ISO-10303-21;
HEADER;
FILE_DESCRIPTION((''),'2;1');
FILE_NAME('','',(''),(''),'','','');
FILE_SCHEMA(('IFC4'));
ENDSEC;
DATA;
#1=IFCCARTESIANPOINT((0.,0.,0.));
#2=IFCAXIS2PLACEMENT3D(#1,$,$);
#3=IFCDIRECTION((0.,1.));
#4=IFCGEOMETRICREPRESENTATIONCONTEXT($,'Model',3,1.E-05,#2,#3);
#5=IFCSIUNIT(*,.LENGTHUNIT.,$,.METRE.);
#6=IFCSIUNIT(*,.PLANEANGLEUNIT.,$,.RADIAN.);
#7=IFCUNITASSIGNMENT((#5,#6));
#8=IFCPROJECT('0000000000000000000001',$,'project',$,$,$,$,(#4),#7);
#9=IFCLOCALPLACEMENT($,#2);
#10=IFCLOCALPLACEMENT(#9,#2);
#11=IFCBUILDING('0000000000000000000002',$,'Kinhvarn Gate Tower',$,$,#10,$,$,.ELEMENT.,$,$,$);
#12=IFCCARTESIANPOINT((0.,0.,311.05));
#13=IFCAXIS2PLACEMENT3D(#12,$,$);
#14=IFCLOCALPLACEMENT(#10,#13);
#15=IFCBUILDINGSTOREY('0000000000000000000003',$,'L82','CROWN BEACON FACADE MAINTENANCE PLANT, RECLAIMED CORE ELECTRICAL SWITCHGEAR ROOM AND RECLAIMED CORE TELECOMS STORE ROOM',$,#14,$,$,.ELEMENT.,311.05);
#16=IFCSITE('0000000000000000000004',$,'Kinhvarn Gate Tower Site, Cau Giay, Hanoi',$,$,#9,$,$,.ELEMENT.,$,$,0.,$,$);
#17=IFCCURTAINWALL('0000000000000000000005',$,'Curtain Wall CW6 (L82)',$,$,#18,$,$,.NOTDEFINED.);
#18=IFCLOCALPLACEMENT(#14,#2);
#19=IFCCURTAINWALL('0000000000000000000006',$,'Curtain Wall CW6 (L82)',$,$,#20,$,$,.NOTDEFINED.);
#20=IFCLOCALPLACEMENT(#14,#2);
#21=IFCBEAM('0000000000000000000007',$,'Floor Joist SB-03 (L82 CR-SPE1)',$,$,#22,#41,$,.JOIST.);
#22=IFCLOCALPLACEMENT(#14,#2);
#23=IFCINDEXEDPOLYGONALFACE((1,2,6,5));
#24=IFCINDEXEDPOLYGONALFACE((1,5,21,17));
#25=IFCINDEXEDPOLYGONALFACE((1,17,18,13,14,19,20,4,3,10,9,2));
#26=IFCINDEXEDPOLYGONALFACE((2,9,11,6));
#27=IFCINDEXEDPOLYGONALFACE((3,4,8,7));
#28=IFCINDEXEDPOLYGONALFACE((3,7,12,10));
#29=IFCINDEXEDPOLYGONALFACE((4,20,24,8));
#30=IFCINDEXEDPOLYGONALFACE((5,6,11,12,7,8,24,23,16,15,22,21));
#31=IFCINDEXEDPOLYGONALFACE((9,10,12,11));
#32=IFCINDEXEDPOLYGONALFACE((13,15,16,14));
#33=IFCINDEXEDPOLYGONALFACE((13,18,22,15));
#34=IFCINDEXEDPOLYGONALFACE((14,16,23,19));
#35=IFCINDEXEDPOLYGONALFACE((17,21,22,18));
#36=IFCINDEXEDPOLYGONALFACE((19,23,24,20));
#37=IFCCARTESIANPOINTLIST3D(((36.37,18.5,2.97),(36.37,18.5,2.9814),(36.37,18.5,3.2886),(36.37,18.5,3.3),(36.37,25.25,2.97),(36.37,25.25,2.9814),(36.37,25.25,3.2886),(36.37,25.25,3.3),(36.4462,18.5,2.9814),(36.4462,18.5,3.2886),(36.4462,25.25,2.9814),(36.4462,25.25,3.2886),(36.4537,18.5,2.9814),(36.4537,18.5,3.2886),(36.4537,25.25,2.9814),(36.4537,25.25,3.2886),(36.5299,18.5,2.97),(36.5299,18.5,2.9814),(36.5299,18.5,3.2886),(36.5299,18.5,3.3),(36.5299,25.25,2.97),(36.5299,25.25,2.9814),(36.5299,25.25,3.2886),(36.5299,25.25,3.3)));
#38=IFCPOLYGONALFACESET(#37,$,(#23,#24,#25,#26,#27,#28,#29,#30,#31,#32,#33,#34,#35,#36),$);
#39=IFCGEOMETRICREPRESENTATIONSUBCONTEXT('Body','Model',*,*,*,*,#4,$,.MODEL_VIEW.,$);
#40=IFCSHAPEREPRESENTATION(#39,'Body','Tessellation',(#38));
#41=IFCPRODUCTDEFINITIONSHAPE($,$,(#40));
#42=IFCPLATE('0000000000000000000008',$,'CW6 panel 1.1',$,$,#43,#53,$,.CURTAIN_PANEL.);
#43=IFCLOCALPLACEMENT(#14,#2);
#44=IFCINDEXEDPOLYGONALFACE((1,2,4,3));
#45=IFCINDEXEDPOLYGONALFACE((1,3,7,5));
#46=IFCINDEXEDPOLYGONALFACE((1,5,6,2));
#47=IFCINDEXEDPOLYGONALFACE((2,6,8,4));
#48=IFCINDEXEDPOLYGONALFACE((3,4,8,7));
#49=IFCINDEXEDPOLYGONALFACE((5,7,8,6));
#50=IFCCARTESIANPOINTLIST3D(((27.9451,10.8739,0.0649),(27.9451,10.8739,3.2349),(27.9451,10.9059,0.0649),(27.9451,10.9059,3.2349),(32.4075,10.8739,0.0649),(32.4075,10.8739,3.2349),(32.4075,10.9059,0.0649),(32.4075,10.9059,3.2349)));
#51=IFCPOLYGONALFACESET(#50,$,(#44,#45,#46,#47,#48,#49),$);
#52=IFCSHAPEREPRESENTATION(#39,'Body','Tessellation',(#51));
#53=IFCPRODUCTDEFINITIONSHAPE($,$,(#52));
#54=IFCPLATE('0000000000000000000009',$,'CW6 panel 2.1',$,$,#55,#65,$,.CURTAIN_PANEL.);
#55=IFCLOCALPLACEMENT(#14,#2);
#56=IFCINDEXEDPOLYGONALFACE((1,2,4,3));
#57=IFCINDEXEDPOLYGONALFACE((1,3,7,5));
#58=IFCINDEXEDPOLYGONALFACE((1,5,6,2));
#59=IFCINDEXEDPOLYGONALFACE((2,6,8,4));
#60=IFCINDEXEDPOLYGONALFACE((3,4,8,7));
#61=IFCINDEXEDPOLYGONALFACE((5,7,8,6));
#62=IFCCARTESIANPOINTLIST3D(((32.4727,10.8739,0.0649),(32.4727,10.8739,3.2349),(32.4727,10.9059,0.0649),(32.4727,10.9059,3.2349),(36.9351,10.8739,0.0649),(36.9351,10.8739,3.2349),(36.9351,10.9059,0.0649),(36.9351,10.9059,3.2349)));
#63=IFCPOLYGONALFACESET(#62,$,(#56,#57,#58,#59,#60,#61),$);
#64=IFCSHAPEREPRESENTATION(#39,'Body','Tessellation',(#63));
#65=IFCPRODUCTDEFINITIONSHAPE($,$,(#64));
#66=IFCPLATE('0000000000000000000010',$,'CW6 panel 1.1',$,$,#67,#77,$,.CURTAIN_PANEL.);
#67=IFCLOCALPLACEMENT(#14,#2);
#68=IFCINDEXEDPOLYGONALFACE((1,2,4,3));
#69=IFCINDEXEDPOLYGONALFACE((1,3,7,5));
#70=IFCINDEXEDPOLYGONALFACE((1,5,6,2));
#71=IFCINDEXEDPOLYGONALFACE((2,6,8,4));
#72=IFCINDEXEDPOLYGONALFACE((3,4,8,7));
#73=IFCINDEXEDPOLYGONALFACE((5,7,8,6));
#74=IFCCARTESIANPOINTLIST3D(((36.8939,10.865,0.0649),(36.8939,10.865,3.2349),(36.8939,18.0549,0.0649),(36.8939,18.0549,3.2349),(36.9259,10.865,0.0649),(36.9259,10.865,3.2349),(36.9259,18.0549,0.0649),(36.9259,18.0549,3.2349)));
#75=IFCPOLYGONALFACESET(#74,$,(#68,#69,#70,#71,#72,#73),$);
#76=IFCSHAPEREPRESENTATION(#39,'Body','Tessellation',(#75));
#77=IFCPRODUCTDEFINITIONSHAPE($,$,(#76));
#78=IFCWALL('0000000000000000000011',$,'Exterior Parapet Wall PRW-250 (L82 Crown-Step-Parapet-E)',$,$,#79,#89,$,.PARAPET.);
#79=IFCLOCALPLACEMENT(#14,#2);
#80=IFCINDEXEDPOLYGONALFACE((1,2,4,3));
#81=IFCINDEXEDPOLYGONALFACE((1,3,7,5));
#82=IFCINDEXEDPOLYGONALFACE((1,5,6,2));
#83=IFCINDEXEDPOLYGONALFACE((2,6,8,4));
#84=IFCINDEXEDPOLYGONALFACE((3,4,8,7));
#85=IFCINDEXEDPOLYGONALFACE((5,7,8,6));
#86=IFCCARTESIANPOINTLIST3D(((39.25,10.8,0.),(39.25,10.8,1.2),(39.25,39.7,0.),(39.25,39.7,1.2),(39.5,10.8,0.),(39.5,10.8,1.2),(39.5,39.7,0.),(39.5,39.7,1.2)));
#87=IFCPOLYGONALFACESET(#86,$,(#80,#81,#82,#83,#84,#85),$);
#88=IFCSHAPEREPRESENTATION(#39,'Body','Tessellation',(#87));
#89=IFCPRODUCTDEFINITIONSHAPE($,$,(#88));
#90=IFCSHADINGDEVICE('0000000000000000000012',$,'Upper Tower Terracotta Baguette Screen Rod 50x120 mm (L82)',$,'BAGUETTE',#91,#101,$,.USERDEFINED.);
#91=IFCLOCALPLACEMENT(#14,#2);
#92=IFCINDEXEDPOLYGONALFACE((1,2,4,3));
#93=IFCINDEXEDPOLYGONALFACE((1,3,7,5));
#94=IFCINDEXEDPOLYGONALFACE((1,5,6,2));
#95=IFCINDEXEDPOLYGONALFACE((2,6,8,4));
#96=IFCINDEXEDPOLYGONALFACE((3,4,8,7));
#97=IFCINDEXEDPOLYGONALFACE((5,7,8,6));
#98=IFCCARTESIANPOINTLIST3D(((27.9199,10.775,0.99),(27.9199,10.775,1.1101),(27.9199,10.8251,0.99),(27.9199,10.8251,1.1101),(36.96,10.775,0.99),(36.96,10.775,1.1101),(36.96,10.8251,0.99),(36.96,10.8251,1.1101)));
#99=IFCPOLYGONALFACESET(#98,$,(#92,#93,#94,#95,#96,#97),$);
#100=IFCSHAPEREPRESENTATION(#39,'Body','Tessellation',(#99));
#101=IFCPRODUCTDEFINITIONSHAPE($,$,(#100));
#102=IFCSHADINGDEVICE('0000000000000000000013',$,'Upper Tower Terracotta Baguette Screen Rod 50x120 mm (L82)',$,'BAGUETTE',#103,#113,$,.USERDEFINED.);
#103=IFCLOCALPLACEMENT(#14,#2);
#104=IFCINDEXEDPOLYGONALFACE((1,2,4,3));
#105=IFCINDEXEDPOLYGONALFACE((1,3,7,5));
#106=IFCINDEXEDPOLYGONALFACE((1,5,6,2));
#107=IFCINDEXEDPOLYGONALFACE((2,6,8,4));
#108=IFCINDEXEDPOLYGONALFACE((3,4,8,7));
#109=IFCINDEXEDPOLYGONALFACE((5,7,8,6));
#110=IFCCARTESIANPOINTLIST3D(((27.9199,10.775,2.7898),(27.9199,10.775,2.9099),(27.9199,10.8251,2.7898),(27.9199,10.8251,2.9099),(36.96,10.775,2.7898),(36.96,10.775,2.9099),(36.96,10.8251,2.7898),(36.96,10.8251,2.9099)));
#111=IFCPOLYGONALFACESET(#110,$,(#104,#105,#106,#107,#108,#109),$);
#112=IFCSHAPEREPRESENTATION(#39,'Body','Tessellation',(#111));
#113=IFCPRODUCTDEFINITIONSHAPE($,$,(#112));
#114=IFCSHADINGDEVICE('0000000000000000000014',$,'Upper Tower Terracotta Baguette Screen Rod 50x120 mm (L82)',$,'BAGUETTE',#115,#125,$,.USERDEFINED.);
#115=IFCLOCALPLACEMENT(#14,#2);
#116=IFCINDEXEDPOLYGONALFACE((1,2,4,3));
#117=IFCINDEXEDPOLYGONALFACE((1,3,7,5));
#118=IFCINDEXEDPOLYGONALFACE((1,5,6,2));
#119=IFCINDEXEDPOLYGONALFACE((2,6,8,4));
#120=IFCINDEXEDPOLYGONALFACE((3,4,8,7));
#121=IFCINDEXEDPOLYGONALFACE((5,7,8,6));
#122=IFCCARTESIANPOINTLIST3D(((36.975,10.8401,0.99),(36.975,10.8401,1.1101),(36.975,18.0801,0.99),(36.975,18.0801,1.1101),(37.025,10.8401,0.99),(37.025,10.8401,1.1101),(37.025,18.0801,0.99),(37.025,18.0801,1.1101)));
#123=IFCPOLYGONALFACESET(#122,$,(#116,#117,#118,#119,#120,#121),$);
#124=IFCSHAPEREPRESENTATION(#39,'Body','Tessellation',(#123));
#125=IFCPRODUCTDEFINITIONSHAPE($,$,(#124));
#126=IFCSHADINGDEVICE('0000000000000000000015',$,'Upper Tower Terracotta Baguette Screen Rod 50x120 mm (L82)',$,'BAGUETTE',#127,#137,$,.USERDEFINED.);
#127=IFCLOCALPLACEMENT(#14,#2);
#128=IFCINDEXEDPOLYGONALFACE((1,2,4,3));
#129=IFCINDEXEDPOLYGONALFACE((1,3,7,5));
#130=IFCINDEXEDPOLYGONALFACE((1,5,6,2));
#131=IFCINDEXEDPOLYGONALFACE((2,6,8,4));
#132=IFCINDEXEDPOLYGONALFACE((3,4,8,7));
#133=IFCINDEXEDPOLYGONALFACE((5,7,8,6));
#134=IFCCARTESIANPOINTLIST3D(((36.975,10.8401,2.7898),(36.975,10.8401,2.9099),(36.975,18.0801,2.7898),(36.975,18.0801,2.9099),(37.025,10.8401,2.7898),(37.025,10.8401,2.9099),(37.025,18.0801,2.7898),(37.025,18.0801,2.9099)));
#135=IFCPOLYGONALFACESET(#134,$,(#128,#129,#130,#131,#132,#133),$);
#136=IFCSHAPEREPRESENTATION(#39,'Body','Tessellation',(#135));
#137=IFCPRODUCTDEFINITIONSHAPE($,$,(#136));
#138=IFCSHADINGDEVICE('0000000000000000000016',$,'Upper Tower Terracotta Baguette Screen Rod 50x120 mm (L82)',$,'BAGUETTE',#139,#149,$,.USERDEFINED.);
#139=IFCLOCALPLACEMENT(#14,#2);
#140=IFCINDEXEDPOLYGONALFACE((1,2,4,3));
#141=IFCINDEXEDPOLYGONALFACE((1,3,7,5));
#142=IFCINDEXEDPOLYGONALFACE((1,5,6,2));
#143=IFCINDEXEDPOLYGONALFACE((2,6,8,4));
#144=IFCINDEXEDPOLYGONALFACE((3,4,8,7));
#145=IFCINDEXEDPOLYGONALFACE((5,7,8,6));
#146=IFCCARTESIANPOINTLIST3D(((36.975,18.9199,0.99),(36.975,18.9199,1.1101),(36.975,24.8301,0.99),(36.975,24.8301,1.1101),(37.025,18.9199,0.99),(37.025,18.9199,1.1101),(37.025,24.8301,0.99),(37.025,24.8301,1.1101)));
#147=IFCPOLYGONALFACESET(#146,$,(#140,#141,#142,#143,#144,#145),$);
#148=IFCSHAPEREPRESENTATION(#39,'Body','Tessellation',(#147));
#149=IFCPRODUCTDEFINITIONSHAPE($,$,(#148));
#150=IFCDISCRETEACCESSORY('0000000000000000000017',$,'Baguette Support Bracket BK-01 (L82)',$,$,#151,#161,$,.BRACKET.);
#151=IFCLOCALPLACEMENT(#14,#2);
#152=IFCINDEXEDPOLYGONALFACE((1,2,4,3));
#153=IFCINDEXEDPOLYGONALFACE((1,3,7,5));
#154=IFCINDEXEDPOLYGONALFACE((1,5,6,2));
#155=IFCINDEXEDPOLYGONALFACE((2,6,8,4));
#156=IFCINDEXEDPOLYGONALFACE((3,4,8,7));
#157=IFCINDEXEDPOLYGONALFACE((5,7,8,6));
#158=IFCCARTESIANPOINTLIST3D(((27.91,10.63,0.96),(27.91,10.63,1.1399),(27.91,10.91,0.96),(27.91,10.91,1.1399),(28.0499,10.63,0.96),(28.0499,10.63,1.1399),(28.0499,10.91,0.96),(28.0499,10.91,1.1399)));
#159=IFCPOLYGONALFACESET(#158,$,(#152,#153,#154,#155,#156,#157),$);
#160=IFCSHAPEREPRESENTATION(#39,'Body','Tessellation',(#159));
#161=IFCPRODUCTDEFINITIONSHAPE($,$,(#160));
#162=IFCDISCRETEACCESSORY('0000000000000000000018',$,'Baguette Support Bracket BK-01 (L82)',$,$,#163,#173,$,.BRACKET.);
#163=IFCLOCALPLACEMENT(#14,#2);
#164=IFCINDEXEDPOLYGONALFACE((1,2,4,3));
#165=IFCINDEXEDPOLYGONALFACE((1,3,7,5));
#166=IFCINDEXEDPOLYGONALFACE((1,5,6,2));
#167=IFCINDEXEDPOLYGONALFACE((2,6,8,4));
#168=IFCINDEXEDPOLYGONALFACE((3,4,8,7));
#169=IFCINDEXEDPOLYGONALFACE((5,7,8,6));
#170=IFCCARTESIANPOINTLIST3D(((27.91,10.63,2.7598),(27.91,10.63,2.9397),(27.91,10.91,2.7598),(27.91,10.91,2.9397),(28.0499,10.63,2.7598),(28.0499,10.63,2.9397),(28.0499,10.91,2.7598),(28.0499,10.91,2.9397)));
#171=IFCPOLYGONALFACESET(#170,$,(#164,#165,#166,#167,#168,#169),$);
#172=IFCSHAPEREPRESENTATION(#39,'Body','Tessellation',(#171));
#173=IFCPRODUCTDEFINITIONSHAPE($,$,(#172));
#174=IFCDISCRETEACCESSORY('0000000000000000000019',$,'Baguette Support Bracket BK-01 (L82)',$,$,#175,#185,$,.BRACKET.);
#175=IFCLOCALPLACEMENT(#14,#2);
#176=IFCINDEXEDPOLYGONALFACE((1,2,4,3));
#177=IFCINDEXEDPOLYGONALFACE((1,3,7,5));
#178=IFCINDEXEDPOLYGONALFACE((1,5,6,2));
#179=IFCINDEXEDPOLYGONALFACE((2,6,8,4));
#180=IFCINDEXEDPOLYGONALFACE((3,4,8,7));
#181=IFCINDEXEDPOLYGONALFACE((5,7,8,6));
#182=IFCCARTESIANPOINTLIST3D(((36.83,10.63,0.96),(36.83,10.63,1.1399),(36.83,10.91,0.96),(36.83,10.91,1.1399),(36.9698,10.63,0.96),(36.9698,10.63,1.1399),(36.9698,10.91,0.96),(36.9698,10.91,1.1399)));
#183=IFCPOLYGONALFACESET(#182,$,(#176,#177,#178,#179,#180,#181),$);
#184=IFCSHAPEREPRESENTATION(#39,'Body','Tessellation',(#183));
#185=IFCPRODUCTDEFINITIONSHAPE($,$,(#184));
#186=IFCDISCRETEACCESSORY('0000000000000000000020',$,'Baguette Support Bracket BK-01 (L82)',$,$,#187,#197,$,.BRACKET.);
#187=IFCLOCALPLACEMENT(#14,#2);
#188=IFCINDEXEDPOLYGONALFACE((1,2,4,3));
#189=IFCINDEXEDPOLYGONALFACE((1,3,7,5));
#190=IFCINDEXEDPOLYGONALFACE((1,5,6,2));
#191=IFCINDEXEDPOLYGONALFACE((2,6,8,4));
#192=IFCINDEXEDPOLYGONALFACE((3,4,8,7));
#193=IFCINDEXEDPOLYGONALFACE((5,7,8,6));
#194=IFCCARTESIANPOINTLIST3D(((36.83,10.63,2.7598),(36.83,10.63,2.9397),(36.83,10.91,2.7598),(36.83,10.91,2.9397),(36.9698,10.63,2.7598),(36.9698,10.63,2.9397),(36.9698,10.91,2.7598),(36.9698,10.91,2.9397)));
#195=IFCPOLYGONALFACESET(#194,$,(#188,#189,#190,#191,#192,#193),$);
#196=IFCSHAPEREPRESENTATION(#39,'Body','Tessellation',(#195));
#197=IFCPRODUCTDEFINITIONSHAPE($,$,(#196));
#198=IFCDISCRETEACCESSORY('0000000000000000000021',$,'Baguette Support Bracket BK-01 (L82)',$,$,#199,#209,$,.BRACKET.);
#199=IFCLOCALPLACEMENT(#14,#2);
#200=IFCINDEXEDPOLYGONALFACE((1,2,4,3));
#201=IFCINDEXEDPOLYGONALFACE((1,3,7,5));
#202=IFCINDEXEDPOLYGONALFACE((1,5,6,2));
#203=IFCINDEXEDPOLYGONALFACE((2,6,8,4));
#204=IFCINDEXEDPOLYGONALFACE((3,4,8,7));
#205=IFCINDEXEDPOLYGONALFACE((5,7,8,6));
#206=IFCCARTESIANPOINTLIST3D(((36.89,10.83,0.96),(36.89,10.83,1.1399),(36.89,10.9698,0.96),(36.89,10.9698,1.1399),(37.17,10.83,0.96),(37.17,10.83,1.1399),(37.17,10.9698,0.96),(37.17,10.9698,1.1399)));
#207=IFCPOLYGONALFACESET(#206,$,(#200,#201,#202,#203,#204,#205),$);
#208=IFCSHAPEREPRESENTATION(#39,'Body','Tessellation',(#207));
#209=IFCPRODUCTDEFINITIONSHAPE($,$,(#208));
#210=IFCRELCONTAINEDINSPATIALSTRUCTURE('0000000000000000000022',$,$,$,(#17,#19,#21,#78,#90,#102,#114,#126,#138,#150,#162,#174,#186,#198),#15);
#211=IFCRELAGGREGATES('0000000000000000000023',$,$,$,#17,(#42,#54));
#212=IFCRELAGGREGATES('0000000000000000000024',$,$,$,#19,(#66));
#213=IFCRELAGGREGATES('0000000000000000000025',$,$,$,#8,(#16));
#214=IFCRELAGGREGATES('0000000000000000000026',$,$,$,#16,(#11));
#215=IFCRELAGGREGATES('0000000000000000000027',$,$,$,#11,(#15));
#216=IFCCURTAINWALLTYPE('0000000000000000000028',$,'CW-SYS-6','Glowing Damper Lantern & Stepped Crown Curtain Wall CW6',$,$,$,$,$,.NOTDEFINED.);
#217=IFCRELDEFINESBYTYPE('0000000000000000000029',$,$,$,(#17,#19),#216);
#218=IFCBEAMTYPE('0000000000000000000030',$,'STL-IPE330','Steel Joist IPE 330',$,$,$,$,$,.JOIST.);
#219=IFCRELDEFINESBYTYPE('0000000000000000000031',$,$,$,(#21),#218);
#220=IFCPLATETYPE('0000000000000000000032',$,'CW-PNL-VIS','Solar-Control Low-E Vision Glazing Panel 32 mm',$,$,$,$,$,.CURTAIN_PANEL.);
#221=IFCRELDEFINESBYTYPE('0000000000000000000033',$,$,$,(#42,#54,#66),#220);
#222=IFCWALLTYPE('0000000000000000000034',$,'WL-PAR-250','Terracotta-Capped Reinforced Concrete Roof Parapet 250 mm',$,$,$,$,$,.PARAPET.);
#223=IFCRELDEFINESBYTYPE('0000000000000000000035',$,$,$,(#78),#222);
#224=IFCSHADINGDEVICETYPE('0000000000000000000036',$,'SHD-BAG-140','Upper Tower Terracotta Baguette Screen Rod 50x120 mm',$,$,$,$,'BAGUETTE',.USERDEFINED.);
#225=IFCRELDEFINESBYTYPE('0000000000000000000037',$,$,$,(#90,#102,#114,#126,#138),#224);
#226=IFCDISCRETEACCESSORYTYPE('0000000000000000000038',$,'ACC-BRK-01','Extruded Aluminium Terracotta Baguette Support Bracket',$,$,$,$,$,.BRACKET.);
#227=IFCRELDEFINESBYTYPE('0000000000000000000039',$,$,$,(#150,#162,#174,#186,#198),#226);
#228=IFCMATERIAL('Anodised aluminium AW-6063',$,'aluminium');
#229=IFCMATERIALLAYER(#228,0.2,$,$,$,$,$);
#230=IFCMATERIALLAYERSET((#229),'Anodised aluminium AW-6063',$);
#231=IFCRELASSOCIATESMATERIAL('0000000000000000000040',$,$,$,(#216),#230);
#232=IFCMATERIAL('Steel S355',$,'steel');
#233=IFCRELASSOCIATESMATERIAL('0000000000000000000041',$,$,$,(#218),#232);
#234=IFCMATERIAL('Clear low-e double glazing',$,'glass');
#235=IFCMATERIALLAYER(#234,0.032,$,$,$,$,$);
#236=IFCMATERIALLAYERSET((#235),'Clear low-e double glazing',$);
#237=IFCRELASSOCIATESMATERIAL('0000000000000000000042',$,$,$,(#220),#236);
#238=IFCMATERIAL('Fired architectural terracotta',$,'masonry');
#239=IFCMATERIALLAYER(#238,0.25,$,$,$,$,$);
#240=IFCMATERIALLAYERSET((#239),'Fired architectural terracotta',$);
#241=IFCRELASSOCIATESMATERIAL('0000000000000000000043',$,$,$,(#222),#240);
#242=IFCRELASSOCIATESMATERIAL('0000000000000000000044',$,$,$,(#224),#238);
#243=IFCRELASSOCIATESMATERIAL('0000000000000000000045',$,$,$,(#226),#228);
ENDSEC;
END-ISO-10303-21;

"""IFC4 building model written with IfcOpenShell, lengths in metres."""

from ifc_helpers import new_model, si_unit, direction, frame, frame_2d, origin, origin_2d, place, context, subcontext, project, spatial, rectangle, i_section, extrude, material, layer, layer_set, material_profile, profile_set, type_object, element, aggregate, save


model = new_model("IFC4")

# Units and contexts
model_context = context("Model", 3, precision=1e-05, world=origin(), true_north=direction((0.0, 1.0)))
body_context = subcontext(model_context, "Body", "Model", "MODEL_VIEW")
ifc_project = project(units=[si_unit("LENGTHUNIT", "METRE"), si_unit("PLANEANGLEUNIT", "RADIAN")], contexts=[model_context])

# Site, building, storey
site_placement = place(None, origin())
site = spatial("IfcSite", under=ifc_project, at=site_placement, Name="Kinhvarn Gate Tower Site, Cau Giay, Hanoi", CompositionType="ELEMENT", RefElevation=0.0)
building_placement = place(site_placement, origin())
building = spatial("IfcBuilding", under=site, at=building_placement, Name="Kinhvarn Gate Tower", CompositionType="ELEMENT")
storey_placement = place(building_placement, frame((0.0, 0.0, 311.05)))
storey = spatial("IfcBuildingStorey", under=building, at=storey_placement, Name="L82", Description="CROWN BEACON FACADE MAINTENANCE PLANT, RECLAIMED CORE ELECTRICAL SWITCHGEAR ROOM AND RECLAIMED CORE TELECOMS STORE ROOM", CompositionType="ELEMENT", Elevation=311.05)

# Curtain walls
ifc_material_1 = material(Name="Anodised aluminium AW-6063", Category="aluminium")
ifc_layer_1 = layer(ifc_material_1, 0.2)
ifc_layer_set_1 = layer_set([ifc_layer_1], Name="Anodised aluminium AW-6063")
curtain_wall_type = type_object("IfcCurtainWallType", Name="CW-SYS-6", Description="Glowing Damper Lantern & Stepped Crown Curtain Wall CW6", PredefinedType="NOTDEFINED", material=ifc_layer_set_1)
curtain_wall_1_placement = place(storey_placement, origin())
curtain_wall_1 = element("IfcCurtainWall", 1, at=curtain_wall_1_placement, inside=storey, type_object=curtain_wall_type, Name="Curtain Wall CW6 (L82)", PredefinedType="NOTDEFINED")
curtain_wall_2_placement = place(storey_placement, origin())
curtain_wall_2 = element("IfcCurtainWall", 2, at=curtain_wall_2_placement, inside=storey, type_object=curtain_wall_type, Name="Curtain Wall CW6 (L82)", PredefinedType="NOTDEFINED")

# Shared definitions
ifc_material_2 = material(Name="Steel S355", Category="steel")

# Beam
ifc_material_profile_1 = material_profile(ifc_material_2, i_section(OverallWidth=0.1599, OverallDepth=0.3301, WebThickness=0.0076, FlangeThickness=0.0115, at=origin_2d()), Name="IPE 330")
ifc_profile_set_1 = profile_set([ifc_material_profile_1], Name="Steel S355")
beam_type = type_object("IfcBeamType", Name="STL-IPE330", Description="Steel Joist IPE 330", PredefinedType="JOIST", material=ifc_profile_set_1)
beam_placement = place(storey_placement, frame((36.45, 18.5, 3.135), z_axis=(0.0, 1.0, 0.0), x_axis=(-1.0, 0.0, 0.0)))
element("IfcBeam", 3, at=beam_placement, inside=storey, type_object=beam_type, Name="Floor Joist SB-03 (L82 CR-SPE1)", PredefinedType="JOIST", context=body_context, shape_type="SweptSolid", body=[
    extrude(i_section(OverallWidth=0.1599, OverallDepth=0.3301, WebThickness=0.0076, FlangeThickness=0.0115, at=origin_2d()), origin(), (0.0, 0.0, 1.0), 6.75),
])

# Plates
ifc_material_3 = material(Name="Clear low-e double glazing", Category="glass")
ifc_layer_2 = layer(ifc_material_3, 0.032)
ifc_layer_set_2 = layer_set([ifc_layer_2], Name="Clear low-e double glazing")
plate_type = type_object("IfcPlateType", Name="CW-PNL-VIS", Description="Solar-Control Low-E Vision Glazing Panel 32 mm", PredefinedType="CURTAIN_PANEL", material=ifc_layer_set_2)
plate_1_placement = place(storey_placement, frame((30.1763, 10.8899, 0.0649), z_axis=(0.0, 0.0, 1.0), x_axis=(1.0, 0.0, 0.0)))
plate_1 = element("IfcPlate", 4, at=plate_1_placement, type_object=plate_type, Name="CW6 panel 1.1", PredefinedType="CURTAIN_PANEL", context=body_context, shape_type="SweptSolid", body=[
    extrude(rectangle(XDim=4.4624, YDim=0.032, at=origin_2d()), origin(), (0.0, 0.0, 1.0), 3.1699),
])
plate_2_placement = place(storey_placement, frame((34.7039, 10.8899, 0.0649), z_axis=(0.0, 0.0, 1.0), x_axis=(1.0, 0.0, 0.0)))
plate_2 = element("IfcPlate", 5, at=plate_2_placement, type_object=plate_type, Name="CW6 panel 2.1", PredefinedType="CURTAIN_PANEL", context=body_context, shape_type="SweptSolid", body=[
    extrude(rectangle(XDim=4.4624, YDim=0.032, at=origin_2d()), origin(), (0.0, 0.0, 1.0), 3.1699),
])
aggregate(curtain_wall_1, [plate_1, plate_2])
plate_3_placement = place(storey_placement, frame((36.9099, 14.46, 0.0649), z_axis=(0.0, 0.0, 1.0), x_axis=(0.0, 1.0, 0.0)))
plate_3 = element("IfcPlate", 6, at=plate_3_placement, type_object=plate_type, Name="CW6 panel 1.1", PredefinedType="CURTAIN_PANEL", context=body_context, shape_type="SweptSolid", body=[
    extrude(rectangle(XDim=7.1899, YDim=0.032, at=origin_2d()), origin(), (0.0, 0.0, 1.0), 3.1699),
])
aggregate(curtain_wall_2, [plate_3])

# Wall
ifc_material_4 = material(Name="Fired architectural terracotta", Category="masonry")
ifc_layer_3 = layer(ifc_material_4, 0.25)
ifc_layer_set_3 = layer_set([ifc_layer_3], Name="Fired architectural terracotta")
wall_type = type_object("IfcWallType", Name="WL-PAR-250", Description="Terracotta-Capped Reinforced Concrete Roof Parapet 250 mm", PredefinedType="PARAPET", material=ifc_layer_set_3)
wall_placement = place(storey_placement, frame((39.375, 10.8, 0.0), z_axis=(0.0, 0.0, 1.0), x_axis=(0.0, 1.0, 0.0)))
element("IfcWall", 7, at=wall_placement, inside=storey, type_object=wall_type, Name="Exterior Parapet Wall PRW-250 (L82 Crown-Step-Parapet-E)", PredefinedType="PARAPET", context=body_context, shape_type="SweptSolid", body=[
    extrude(rectangle(XDim=28.8999, YDim=0.25, at=frame_2d((14.45, 0.0))), origin(), (0.0, 0.0, 1.0), 1.2),
])

# Shading devices
ifc_material_profile_2 = material_profile(ifc_material_4, rectangle(XDim=0.05, YDim=0.1201, at=origin_2d()), Name="TC 50x120")
ifc_profile_set_2 = profile_set([ifc_material_profile_2], Name="Fired architectural terracotta")
shading_device_type = type_object("IfcShadingDeviceType", Name="SHD-BAG-140", Description="Upper Tower Terracotta Baguette Screen Rod 50x120 mm", ElementType="BAGUETTE", PredefinedType="USERDEFINED", material=ifc_profile_set_2)
for number, where, z_axis, x_axis, name in (
    (8, (27.9199, 10.8, 1.05), (1.0, 0.0, 0.0), (0.0, 1.0, 0.0), "Upper Tower Terracotta Baguette Screen Rod 50x120 mm (L82)"),
    (9, (27.9199, 10.8, 2.8499), (1.0, 0.0, 0.0), (0.0, 1.0, 0.0), "Upper Tower Terracotta Baguette Screen Rod 50x120 mm (L82)"),
):
    element("IfcShadingDevice", number, at=place(storey_placement, frame(where, z_axis=z_axis, x_axis=x_axis)), inside=storey, type_object=shading_device_type, Name=name, ObjectType="BAGUETTE", PredefinedType="USERDEFINED", context=body_context, shape_type="SweptSolid", body=[
        extrude(rectangle(XDim=0.05, YDim=0.1201, at=origin_2d()), origin(), (0.0, 0.0, 1.0), 9.04),
    ])
for number, where, z_axis, x_axis, name in (
    (10, (37.0, 10.8401, 1.05), (0.0, 1.0, 0.0), (-1.0, 0.0, 0.0), "Upper Tower Terracotta Baguette Screen Rod 50x120 mm (L82)"),
    (11, (37.0, 10.8401, 2.8499), (0.0, 1.0, 0.0), (-1.0, 0.0, 0.0), "Upper Tower Terracotta Baguette Screen Rod 50x120 mm (L82)"),
):
    element("IfcShadingDevice", number, at=place(storey_placement, frame(where, z_axis=z_axis, x_axis=x_axis)), inside=storey, type_object=shading_device_type, Name=name, ObjectType="BAGUETTE", PredefinedType="USERDEFINED", context=body_context, shape_type="SweptSolid", body=[
        extrude(rectangle(XDim=0.05, YDim=0.1201, at=origin_2d()), origin(), (0.0, 0.0, 1.0), 7.24),
    ])
shading_device_placement = place(storey_placement, frame((37.0, 18.9199, 1.05), z_axis=(0.0, 1.0, 0.0), x_axis=(-1.0, 0.0, 0.0)))
element("IfcShadingDevice", 12, at=shading_device_placement, inside=storey, type_object=shading_device_type, Name="Upper Tower Terracotta Baguette Screen Rod 50x120 mm (L82)", ObjectType="BAGUETTE", PredefinedType="USERDEFINED", context=body_context, shape_type="SweptSolid", body=[
    extrude(rectangle(XDim=0.05, YDim=0.1201, at=origin_2d()), origin(), (0.0, 0.0, 1.0), 5.9102),
])

# Discrete accessories
discrete_accessory_type = type_object("IfcDiscreteAccessoryType", Name="ACC-BRK-01", Description="Extruded Aluminium Terracotta Baguette Support Bracket", PredefinedType="BRACKET", material=ifc_material_1)
for number, where, z_axis, x_axis, name in (
    (13, (27.98, 10.77, 0.96), (0.0, 0.0, 1.0), (1.0, 0.0, 0.0), "Baguette Support Bracket BK-01 (L82)"),
    (14, (27.98, 10.77, 2.7598), (0.0, 0.0, 1.0), (1.0, 0.0, 0.0), "Baguette Support Bracket BK-01 (L82)"),
    (15, (36.8999, 10.77, 0.96), (0.0, 0.0, 1.0), (1.0, 0.0, 0.0), "Baguette Support Bracket BK-01 (L82)"),
    (16, (36.8999, 10.77, 2.7598), (0.0, 0.0, 1.0), (1.0, 0.0, 0.0), "Baguette Support Bracket BK-01 (L82)"),
    (17, (37.03, 10.8999, 0.96), (0.0, 0.0, 1.0), (0.0, 1.0, 0.0), "Baguette Support Bracket BK-01 (L82)"),
):
    element("IfcDiscreteAccessory", number, at=place(storey_placement, frame(where, z_axis=z_axis, x_axis=x_axis)), inside=storey, type_object=discrete_accessory_type, Name=name, PredefinedType="BRACKET", context=body_context, shape_type="SweptSolid", body=[
        extrude(rectangle(XDim=0.1399, YDim=0.28, at=origin_2d()), origin(), (0.0, 0.0, 1.0), 0.1799),
    ])

save(model, "model.ifc")
